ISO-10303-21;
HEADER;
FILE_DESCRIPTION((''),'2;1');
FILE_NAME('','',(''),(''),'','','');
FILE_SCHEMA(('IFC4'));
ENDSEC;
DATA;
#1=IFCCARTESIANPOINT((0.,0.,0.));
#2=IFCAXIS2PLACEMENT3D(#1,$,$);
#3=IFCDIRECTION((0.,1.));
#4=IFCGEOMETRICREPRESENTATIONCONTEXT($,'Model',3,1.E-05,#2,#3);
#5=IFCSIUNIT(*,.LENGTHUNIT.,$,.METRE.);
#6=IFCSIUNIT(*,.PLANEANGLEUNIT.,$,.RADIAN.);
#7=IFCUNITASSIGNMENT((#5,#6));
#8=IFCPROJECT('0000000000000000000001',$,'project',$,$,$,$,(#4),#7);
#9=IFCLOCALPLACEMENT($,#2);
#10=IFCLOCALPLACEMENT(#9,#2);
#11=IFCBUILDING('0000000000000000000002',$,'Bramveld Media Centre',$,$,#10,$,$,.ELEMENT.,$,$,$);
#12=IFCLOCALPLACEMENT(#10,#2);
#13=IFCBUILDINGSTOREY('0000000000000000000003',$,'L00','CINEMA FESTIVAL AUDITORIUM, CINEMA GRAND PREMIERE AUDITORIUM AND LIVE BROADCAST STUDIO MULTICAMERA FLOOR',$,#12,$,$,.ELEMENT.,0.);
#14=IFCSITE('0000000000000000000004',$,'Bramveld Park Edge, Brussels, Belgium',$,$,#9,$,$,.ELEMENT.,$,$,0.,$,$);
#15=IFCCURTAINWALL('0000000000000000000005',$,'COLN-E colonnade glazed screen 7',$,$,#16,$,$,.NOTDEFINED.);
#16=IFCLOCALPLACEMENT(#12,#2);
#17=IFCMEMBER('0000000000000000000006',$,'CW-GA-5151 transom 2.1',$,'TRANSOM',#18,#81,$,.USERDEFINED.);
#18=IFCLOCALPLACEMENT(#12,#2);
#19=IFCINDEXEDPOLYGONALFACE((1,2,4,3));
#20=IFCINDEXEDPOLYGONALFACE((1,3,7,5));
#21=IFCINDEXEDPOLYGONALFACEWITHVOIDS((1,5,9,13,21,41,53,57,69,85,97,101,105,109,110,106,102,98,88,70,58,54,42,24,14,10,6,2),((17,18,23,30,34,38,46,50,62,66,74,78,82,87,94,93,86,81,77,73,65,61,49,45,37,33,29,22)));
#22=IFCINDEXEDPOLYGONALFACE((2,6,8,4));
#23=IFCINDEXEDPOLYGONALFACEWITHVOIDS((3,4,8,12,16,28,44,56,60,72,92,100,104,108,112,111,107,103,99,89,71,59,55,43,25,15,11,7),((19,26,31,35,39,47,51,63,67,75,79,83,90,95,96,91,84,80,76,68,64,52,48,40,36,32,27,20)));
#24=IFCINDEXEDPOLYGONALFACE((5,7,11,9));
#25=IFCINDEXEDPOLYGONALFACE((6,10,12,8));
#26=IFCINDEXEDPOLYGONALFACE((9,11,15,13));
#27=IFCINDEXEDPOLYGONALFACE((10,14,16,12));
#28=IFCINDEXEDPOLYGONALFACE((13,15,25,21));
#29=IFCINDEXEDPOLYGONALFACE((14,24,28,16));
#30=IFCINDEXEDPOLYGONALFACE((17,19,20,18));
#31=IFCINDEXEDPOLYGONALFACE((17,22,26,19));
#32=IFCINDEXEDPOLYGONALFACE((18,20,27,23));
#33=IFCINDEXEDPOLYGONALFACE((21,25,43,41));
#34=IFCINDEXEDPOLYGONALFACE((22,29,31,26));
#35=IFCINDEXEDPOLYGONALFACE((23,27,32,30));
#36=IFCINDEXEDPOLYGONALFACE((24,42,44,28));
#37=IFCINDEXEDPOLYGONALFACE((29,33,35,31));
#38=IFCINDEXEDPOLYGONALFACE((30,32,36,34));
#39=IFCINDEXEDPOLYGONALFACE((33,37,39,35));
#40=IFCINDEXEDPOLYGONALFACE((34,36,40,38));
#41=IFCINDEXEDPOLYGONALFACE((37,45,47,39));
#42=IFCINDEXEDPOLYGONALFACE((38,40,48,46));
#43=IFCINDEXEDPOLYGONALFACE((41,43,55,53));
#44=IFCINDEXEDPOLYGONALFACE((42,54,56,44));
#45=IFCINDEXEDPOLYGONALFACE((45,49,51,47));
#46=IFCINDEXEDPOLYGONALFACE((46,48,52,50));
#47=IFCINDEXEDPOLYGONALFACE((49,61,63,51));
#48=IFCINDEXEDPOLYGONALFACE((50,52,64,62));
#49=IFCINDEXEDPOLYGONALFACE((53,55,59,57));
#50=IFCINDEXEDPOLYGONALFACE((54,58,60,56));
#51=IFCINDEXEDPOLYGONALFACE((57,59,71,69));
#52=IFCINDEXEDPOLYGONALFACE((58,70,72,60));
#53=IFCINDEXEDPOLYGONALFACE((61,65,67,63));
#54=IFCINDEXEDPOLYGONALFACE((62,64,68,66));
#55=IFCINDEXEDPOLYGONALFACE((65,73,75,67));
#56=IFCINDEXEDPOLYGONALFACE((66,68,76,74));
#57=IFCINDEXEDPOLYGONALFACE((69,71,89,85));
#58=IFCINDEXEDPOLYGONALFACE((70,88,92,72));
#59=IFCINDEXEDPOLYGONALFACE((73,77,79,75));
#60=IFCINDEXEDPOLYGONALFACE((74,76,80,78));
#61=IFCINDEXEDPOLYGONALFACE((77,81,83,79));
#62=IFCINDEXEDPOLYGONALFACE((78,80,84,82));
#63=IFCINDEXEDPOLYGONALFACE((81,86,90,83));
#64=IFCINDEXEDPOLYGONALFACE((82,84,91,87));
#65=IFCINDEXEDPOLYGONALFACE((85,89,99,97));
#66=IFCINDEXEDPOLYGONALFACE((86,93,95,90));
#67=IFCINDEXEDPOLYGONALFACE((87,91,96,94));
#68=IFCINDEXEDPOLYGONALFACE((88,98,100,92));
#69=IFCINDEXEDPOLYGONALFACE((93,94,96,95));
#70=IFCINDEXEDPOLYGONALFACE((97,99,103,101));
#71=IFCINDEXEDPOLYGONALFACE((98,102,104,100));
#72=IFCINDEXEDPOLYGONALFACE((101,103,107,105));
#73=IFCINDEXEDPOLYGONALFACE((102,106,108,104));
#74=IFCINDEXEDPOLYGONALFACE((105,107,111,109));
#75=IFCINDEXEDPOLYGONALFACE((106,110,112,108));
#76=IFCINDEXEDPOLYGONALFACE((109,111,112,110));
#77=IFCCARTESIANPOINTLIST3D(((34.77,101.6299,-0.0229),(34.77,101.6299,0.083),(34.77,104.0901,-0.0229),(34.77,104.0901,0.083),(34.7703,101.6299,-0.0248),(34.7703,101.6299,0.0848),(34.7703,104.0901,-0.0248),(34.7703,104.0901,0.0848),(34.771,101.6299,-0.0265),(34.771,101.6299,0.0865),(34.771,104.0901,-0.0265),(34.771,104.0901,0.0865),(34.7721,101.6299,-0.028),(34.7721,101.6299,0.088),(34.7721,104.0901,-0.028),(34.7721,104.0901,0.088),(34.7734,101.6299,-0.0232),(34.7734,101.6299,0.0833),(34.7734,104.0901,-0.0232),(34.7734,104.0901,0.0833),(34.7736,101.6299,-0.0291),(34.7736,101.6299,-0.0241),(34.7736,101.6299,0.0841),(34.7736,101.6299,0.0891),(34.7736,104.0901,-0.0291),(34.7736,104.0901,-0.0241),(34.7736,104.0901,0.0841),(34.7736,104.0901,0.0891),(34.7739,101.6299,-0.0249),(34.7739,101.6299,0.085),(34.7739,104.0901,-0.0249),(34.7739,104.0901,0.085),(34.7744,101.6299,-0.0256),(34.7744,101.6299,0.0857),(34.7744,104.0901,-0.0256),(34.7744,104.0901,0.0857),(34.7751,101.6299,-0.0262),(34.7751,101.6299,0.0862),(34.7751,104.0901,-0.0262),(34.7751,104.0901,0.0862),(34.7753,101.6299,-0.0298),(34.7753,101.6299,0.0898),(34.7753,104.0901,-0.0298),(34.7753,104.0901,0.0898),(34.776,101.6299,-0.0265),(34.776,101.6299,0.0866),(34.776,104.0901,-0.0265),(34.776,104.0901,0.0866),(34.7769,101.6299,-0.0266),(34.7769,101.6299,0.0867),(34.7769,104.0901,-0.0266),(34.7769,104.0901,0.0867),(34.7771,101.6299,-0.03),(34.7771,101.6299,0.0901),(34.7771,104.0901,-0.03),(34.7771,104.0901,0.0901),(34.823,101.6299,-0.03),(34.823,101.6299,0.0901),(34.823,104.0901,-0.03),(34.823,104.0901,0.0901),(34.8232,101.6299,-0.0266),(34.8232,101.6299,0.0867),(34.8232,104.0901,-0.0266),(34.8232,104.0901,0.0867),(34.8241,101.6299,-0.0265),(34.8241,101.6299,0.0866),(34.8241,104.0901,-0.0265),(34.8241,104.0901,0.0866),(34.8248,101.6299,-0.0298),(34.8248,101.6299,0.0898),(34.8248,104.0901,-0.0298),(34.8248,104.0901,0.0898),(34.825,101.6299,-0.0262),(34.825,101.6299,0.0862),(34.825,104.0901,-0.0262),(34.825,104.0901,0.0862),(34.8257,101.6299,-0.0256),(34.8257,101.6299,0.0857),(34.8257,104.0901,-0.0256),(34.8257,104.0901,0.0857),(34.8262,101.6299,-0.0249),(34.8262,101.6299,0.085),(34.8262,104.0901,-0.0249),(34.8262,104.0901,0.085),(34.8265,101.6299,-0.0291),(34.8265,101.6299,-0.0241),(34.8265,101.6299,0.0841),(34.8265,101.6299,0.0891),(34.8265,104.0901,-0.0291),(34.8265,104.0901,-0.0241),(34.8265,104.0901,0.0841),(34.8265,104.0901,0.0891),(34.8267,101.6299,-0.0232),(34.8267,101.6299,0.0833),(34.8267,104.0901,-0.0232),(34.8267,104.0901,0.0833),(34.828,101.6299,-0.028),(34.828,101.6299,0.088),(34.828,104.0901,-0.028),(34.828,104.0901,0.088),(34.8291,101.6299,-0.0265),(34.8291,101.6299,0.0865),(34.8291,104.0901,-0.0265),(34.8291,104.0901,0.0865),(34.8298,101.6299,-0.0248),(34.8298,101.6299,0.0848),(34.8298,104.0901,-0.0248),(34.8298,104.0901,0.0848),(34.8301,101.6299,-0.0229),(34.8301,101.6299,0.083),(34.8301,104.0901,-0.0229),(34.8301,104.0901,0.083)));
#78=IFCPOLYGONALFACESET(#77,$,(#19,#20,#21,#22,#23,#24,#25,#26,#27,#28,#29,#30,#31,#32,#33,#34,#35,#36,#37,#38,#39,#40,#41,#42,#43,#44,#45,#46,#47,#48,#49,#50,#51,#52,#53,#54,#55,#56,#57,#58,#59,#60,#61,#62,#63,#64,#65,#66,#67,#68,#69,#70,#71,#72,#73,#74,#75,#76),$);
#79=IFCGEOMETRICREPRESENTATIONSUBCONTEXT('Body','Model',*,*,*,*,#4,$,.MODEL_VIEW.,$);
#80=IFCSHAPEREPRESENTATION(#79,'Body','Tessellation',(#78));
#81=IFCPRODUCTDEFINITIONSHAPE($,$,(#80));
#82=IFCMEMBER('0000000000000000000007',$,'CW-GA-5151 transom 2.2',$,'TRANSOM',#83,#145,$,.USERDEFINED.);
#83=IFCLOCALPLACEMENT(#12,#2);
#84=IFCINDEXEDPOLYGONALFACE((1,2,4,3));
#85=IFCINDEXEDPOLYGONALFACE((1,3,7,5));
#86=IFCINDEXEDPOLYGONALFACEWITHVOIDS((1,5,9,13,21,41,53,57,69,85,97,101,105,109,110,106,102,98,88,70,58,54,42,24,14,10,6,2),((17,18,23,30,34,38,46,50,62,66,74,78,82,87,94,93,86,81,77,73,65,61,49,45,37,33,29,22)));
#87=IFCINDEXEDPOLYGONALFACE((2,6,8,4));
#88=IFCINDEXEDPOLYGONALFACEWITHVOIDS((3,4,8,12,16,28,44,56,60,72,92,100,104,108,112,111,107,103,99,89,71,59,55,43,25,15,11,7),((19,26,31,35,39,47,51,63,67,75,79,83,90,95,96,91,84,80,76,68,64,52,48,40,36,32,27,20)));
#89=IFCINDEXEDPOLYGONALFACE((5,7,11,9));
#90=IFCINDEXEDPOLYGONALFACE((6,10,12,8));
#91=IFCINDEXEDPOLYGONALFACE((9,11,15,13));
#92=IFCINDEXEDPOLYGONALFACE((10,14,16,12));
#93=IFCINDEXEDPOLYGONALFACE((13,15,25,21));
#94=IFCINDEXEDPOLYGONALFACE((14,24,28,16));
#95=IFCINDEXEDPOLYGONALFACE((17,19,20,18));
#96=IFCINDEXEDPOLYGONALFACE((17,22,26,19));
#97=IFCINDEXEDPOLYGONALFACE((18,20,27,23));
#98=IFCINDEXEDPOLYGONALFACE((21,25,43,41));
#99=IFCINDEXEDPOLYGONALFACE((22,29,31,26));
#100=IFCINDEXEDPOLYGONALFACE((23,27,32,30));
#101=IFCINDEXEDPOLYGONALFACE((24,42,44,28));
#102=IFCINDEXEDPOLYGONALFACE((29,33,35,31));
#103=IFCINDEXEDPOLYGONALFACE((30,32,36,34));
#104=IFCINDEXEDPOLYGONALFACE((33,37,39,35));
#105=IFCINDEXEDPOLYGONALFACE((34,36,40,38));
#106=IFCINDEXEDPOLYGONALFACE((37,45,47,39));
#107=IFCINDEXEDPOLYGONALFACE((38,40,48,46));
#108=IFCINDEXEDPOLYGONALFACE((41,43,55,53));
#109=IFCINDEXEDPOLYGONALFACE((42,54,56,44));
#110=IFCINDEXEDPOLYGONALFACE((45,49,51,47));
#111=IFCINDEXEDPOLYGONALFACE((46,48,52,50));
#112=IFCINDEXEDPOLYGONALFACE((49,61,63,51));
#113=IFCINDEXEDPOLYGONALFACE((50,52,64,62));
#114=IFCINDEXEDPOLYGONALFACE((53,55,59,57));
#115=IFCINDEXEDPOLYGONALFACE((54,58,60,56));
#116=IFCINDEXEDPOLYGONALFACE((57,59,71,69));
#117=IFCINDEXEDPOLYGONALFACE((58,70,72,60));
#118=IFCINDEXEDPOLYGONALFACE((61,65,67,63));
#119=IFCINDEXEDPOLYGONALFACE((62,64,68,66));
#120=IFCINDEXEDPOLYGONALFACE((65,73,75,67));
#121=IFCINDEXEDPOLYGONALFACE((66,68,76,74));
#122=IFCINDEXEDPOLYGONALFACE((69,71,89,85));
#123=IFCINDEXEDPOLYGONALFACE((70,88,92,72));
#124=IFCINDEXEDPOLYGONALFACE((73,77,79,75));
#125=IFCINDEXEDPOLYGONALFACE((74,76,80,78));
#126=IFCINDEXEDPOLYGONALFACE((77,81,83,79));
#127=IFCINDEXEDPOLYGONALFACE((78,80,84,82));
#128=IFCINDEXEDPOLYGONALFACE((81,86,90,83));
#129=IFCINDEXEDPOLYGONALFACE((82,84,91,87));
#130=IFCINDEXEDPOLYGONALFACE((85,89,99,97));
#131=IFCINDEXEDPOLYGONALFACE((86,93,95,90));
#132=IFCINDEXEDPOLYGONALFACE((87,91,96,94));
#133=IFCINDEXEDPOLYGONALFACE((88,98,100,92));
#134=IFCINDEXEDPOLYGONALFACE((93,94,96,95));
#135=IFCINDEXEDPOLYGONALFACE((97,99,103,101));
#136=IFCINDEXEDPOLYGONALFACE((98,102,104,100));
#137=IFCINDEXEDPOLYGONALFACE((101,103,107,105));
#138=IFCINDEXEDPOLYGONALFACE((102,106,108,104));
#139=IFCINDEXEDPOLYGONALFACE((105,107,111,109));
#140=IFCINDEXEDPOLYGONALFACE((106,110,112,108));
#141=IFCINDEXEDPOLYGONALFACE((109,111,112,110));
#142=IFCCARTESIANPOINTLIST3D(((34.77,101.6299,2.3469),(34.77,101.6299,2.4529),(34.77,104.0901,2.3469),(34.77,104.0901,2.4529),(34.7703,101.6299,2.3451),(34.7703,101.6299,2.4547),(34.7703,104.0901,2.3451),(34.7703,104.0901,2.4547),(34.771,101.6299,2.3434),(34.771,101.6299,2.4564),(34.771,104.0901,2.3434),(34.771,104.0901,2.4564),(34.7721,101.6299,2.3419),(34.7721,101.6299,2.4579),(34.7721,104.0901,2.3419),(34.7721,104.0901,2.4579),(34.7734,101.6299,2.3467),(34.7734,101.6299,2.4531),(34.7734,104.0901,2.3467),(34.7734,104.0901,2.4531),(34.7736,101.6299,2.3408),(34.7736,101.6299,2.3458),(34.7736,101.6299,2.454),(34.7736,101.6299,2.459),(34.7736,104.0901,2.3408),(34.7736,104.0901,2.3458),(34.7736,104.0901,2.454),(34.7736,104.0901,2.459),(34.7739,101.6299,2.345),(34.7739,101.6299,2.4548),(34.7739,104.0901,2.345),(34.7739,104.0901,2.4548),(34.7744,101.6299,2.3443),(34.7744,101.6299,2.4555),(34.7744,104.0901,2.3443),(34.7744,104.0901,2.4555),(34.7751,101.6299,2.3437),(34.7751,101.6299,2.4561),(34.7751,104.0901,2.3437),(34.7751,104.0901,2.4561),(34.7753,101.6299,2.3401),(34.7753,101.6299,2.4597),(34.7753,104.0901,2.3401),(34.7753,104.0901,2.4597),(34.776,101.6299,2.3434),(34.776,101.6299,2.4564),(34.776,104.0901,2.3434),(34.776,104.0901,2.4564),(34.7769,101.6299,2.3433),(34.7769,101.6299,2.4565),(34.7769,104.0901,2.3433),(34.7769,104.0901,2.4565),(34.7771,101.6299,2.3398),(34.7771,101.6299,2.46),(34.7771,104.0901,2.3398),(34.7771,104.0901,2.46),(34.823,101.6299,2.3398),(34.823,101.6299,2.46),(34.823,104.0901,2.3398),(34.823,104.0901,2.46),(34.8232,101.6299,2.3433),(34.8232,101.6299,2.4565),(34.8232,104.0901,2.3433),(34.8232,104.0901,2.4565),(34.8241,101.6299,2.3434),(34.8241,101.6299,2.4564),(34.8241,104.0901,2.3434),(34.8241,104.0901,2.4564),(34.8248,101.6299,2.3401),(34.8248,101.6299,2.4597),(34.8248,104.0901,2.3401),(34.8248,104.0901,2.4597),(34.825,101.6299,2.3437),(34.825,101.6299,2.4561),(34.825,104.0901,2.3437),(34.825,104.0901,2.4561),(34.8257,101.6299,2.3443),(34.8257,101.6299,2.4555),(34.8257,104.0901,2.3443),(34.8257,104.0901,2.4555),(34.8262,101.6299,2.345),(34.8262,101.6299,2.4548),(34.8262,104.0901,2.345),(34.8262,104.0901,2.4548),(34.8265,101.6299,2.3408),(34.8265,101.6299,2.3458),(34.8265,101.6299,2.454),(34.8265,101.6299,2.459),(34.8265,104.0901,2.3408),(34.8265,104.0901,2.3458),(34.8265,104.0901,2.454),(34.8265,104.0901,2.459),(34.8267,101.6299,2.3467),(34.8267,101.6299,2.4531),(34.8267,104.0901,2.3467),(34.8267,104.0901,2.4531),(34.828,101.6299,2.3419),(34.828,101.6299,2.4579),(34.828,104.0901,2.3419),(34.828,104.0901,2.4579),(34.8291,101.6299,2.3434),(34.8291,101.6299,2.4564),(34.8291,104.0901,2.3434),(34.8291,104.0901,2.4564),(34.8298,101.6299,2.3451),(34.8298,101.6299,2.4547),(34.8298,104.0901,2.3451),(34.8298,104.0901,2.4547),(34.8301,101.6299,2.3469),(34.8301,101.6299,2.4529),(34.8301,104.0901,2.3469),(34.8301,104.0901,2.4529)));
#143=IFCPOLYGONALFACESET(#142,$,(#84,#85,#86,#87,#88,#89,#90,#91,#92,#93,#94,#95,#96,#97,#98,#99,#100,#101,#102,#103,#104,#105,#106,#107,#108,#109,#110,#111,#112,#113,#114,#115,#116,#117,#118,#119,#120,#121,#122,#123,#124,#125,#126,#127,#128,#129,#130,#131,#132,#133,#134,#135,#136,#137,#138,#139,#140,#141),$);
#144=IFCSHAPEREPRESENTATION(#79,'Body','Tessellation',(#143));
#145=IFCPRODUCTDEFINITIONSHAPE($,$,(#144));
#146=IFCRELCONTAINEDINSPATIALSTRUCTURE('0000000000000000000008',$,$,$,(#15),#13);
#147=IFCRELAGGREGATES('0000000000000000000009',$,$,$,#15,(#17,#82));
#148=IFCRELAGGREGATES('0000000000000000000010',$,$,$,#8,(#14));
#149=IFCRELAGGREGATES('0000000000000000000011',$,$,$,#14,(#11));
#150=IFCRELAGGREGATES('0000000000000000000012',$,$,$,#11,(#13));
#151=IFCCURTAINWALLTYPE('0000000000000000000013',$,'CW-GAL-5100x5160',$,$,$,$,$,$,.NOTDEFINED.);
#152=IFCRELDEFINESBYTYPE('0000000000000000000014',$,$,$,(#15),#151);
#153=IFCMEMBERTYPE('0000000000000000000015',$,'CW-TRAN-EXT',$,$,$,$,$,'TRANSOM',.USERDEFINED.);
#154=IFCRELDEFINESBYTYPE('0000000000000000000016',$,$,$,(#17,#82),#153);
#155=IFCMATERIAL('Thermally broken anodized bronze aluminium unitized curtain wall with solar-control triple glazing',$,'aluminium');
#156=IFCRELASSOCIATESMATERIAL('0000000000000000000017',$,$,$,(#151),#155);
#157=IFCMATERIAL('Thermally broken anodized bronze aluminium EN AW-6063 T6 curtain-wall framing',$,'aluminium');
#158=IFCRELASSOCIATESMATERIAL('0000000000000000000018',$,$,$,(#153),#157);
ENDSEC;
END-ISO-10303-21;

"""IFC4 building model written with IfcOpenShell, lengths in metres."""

from ifc_helpers import new_model, si_unit, direction, frame, origin, origin_2d, place, context, subcontext, project, spatial, hollow_rectangle, extrude, material, material_profile, profile_set, type_object, element, aggregate, save


model = new_model("IFC4")

# Units and contexts
model_context = context("Model", 3, precision=1e-05, world=origin(), true_north=direction((0.0, 1.0)))
body_context = subcontext(model_context, "Body", "Model", "MODEL_VIEW")
ifc_project = project(units=[si_unit("LENGTHUNIT", "METRE"), si_unit("PLANEANGLEUNIT", "RADIAN")], contexts=[model_context])

# Site, building, storey
site_placement = place(None, origin())
site = spatial("IfcSite", under=ifc_project, at=site_placement, Name="Bramveld Park Edge, Brussels, Belgium", CompositionType="ELEMENT", RefElevation=0.0)
building_placement = place(site_placement, origin())
building = spatial("IfcBuilding", under=site, at=building_placement, Name="Bramveld Media Centre", CompositionType="ELEMENT")
storey_placement = place(building_placement, origin())
storey = spatial("IfcBuildingStorey", under=building, at=storey_placement, Name="L00", Description="CINEMA FESTIVAL AUDITORIUM, CINEMA GRAND PREMIERE AUDITORIUM AND LIVE BROADCAST STUDIO MULTICAMERA FLOOR", CompositionType="ELEMENT", Elevation=0.0)

# Curtain wall
ifc_material_1 = material(Name="Thermally broken anodized bronze aluminium unitized curtain wall with solar-control triple glazing", Category="aluminium")
curtain_wall_type = type_object("IfcCurtainWallType", Name="CW-GAL-5100x5160", PredefinedType="NOTDEFINED", material=ifc_material_1)
curtain_wall_1_placement = place(storey_placement, origin())
curtain_wall_1 = element("IfcCurtainWall", 1, at=curtain_wall_1_placement, inside=storey, type_object=curtain_wall_type, Name="COLN-E colonnade glazed screen 7", PredefinedType="NOTDEFINED")

# Members
ifc_material_2 = material(Name="Thermally broken anodized bronze aluminium EN AW-6063 T6 curtain-wall framing", Category="aluminium")
ifc_material_profile_1 = material_profile(ifc_material_2, hollow_rectangle(XDim=0.0601, YDim=0.1201, WallThickness=0.0034, InnerFilletRadius=0.0034, OuterFilletRadius=0.0071, at=origin_2d()), Name="AL-TRAN 60x120")
ifc_profile_set_1 = profile_set([ifc_material_profile_1], Name="Thermally broken anodized bronze aluminium EN AW-6063 T6 curtain-wall framing")
member_type_1 = type_object("IfcMemberType", Name="CW-TRAN-EXT", ElementType="TRANSOM", PredefinedType="USERDEFINED", material=ifc_profile_set_1)
member_1_placement = place(storey_placement, frame((34.8, 101.6299, 0.03), z_axis=(0.0, 1.0, 0.0), x_axis=(-1.0, 0.0, 0.0)))
member_1 = element("IfcMember", 2, at=member_1_placement, type_object=member_type_1, Name="CW-GA-5151 transom 2.1", ObjectType="TRANSOM", PredefinedType="USERDEFINED", context=body_context, shape_type="SweptSolid", body=[
    extrude(hollow_rectangle(XDim=0.0601, YDim=0.1201, WallThickness=0.0034, InnerFilletRadius=0.0034, OuterFilletRadius=0.0071, at=origin_2d()), origin(), (0.0, 0.0, 1.0), 2.4602),
])
member_2_placement = place(storey_placement, frame((34.8, 101.6299, 2.3999), z_axis=(0.0, 1.0, 0.0), x_axis=(-1.0, 0.0, 0.0)))
member_2 = element("IfcMember", 3, at=member_2_placement, type_object=member_type_1, Name="CW-GA-5151 transom 2.2", ObjectType="TRANSOM", PredefinedType="USERDEFINED", context=body_context, shape_type="SweptSolid", body=[
    extrude(hollow_rectangle(XDim=0.0601, YDim=0.1201, WallThickness=0.0034, InnerFilletRadius=0.0034, OuterFilletRadius=0.0071, at=origin_2d()), origin(), (0.0, 0.0, 1.0), 2.4602),
])

aggregate(curtain_wall_1, [member_1, member_2])

save(model, "model.ifc")
